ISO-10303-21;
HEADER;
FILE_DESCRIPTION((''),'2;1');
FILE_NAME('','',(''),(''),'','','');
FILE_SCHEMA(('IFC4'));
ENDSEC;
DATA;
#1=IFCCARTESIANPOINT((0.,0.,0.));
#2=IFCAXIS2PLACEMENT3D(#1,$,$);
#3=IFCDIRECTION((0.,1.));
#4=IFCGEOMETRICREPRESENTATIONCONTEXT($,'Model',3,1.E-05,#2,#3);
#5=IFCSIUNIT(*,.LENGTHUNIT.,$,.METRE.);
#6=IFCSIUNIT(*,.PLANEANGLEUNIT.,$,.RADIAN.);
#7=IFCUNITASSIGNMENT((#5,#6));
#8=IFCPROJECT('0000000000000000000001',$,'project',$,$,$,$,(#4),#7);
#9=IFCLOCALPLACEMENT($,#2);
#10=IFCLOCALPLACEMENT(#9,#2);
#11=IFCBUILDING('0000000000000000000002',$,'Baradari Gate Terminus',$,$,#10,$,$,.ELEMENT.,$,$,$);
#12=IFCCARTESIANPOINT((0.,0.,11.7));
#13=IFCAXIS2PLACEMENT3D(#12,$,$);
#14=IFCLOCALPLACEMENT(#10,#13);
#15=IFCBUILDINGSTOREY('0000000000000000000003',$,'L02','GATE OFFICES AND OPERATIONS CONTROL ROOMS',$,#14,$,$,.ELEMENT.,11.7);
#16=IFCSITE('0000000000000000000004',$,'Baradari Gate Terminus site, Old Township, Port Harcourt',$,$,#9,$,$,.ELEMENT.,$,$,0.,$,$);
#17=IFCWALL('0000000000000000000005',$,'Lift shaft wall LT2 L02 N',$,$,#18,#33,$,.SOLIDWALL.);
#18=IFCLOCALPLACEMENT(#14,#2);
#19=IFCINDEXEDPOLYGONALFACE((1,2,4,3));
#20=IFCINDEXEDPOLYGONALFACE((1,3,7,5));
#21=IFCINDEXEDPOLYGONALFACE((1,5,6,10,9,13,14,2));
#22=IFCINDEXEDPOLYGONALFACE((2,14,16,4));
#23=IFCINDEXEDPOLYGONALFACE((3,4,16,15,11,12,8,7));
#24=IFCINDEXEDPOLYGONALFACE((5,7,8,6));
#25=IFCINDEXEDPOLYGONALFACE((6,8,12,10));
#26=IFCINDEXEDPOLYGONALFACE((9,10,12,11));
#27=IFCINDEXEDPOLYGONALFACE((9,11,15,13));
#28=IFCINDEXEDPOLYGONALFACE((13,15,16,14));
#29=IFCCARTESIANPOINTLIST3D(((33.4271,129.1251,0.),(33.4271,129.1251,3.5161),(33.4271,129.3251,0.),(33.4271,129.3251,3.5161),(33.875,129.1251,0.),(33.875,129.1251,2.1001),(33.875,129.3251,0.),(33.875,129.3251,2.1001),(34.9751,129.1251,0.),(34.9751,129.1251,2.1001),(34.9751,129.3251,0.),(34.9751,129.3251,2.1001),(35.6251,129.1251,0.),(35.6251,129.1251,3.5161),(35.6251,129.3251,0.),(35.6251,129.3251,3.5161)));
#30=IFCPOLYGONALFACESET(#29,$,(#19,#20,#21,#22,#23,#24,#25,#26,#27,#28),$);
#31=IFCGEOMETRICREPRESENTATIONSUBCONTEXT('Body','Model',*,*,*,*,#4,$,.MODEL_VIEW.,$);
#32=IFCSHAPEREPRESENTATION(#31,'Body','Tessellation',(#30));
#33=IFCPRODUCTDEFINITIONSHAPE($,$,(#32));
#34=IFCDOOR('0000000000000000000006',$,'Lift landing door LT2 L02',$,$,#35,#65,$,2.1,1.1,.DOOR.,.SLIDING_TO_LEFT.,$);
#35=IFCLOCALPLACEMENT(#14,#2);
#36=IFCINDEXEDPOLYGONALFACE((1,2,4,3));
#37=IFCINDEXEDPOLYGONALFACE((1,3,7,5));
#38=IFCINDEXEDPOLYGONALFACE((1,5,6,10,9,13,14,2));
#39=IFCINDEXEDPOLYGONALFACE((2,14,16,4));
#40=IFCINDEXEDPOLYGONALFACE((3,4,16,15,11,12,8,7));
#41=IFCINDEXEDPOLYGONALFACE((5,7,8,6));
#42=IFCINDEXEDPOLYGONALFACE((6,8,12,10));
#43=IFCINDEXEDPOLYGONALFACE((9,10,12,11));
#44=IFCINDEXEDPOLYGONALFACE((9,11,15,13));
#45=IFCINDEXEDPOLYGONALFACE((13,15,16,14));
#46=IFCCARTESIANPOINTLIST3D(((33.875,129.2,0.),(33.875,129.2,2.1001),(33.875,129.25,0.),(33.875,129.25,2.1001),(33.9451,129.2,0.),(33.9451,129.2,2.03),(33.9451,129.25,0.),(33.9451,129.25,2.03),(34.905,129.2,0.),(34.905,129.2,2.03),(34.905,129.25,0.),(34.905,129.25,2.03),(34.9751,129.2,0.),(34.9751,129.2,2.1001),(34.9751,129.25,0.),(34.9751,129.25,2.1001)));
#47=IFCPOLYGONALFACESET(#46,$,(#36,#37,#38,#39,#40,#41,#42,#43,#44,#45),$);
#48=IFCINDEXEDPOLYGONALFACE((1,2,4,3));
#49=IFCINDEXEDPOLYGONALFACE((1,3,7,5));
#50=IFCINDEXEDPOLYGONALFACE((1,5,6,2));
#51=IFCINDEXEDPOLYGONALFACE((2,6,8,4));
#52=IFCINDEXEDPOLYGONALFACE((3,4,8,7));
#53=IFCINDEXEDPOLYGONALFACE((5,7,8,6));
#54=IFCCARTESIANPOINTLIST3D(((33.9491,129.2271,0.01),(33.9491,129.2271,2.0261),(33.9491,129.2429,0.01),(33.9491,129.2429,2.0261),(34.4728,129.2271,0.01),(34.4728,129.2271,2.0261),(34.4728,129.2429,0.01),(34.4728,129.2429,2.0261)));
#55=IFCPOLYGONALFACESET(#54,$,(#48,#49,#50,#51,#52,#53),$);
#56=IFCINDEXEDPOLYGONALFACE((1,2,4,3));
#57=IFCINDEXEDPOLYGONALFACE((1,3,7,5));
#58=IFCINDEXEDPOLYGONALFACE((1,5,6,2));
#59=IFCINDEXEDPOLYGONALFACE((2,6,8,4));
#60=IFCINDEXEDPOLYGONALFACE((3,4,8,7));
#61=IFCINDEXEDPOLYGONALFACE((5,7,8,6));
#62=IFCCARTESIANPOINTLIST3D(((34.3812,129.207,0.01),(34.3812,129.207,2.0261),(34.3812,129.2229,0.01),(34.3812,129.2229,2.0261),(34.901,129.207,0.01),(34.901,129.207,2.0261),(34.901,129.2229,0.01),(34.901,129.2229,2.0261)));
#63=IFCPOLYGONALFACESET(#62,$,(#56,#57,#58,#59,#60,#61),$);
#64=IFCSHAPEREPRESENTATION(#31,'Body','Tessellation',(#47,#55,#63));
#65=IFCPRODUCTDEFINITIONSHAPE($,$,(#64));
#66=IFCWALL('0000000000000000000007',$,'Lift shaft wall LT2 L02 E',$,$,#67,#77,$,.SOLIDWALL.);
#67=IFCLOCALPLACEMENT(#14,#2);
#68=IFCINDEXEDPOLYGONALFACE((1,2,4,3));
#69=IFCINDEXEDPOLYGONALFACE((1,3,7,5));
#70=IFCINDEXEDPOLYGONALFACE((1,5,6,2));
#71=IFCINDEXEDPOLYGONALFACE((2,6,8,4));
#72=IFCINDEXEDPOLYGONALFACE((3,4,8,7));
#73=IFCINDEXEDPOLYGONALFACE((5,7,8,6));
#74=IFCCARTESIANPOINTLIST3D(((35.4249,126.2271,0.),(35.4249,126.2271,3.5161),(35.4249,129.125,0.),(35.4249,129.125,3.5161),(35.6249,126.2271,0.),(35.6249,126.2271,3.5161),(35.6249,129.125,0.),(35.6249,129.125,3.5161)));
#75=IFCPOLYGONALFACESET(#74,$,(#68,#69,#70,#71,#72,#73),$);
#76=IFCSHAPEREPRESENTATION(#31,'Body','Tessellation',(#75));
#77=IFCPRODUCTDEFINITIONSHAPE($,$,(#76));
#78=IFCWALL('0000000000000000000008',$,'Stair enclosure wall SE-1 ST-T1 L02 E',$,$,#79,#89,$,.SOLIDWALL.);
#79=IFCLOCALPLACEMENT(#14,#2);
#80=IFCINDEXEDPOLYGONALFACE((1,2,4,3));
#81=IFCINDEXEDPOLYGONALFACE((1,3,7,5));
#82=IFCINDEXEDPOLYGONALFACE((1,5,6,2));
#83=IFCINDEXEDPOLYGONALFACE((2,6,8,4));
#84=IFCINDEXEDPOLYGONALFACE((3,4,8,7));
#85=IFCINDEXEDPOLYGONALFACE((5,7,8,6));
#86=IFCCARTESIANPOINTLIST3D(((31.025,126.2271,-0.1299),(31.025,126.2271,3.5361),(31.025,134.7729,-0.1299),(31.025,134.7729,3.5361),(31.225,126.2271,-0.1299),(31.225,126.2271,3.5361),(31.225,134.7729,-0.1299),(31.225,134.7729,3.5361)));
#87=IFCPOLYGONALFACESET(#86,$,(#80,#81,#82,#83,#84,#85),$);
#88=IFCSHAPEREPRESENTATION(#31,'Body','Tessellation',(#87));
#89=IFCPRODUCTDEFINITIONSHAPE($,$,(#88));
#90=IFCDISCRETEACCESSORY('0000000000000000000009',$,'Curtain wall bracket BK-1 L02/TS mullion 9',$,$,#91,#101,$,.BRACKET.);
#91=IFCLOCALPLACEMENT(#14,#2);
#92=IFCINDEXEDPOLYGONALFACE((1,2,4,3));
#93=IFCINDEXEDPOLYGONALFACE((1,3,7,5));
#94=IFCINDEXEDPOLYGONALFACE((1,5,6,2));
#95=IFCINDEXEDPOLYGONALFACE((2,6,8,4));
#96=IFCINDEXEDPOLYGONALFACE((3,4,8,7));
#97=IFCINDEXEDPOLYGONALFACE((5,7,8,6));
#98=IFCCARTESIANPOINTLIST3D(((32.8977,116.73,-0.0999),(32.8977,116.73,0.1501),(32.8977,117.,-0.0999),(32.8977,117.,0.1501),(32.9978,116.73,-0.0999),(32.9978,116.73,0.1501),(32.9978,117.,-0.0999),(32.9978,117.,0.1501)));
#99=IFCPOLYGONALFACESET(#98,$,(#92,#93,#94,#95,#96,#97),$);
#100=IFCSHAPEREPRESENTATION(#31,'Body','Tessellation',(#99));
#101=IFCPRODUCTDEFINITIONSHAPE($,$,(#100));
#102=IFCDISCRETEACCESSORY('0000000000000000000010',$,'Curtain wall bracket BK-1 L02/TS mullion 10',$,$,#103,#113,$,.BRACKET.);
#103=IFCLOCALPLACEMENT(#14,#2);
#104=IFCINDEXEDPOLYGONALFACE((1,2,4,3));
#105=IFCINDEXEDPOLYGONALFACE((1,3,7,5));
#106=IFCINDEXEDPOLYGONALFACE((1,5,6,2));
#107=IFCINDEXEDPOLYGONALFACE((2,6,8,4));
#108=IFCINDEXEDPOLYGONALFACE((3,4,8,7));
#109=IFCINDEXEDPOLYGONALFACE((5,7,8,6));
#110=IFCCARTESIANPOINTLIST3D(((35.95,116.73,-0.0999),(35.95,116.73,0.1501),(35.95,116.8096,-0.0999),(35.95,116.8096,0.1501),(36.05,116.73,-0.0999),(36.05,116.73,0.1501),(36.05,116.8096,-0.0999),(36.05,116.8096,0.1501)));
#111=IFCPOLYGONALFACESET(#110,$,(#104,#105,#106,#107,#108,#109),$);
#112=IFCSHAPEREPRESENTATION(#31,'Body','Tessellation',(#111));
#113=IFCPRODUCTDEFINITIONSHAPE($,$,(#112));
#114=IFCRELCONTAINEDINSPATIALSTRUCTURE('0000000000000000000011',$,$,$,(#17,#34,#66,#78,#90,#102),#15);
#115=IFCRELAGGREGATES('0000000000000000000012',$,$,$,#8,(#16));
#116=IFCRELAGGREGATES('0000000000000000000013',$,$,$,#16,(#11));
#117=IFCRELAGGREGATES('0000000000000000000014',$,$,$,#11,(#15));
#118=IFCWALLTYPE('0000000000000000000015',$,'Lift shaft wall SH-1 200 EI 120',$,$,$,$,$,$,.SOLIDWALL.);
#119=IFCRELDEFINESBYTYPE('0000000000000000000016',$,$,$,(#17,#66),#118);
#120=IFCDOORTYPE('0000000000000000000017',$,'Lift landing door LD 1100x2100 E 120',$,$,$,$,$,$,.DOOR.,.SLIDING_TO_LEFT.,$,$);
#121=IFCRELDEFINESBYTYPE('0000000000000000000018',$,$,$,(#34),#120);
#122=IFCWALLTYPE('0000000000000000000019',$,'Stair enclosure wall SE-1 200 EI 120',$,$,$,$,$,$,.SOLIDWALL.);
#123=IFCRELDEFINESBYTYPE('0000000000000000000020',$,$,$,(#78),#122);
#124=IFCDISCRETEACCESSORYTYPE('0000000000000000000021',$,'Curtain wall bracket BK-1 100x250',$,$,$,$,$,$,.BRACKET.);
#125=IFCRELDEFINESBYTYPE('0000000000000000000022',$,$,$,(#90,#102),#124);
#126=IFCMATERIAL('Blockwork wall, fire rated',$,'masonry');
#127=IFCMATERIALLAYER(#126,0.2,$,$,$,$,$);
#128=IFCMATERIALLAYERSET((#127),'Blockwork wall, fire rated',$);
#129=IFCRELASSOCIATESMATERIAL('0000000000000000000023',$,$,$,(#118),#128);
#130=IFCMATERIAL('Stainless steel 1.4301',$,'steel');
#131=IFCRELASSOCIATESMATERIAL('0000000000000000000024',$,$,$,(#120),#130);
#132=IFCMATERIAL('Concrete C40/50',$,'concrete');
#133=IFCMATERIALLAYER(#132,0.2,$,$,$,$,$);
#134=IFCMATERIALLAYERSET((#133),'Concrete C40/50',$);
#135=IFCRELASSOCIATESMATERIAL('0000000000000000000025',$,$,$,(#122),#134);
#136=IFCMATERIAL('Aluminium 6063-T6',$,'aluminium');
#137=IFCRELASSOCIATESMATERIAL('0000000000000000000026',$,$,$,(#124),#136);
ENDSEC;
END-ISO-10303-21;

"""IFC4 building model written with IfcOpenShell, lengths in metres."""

from ifc_helpers import new_model, si_unit, direction, frame, frame_2d, origin, origin_2d, place, context, subcontext, project, spatial, polyline, rectangle, outline, extrude, material, layer, layer_set, type_object, element, fill, save


model = new_model("IFC4")

# Units and contexts
model_context = context("Model", 3, precision=1e-05, world=origin(), true_north=direction((0.0, 1.0)))
body_context = subcontext(model_context, "Body", "Model", "MODEL_VIEW")
ifc_project = project(units=[si_unit("LENGTHUNIT", "METRE"), si_unit("PLANEANGLEUNIT", "RADIAN")], contexts=[model_context])

# Site, building, storey
site_placement = place(None, origin())
site = spatial("IfcSite", under=ifc_project, at=site_placement, Name="Baradari Gate Terminus site, Old Township, Port Harcourt", CompositionType="ELEMENT", RefElevation=0.0)
building_placement = place(site_placement, origin())
building = spatial("IfcBuilding", under=site, at=building_placement, Name="Baradari Gate Terminus", CompositionType="ELEMENT")
storey_placement = place(building_placement, frame((0.0, 0.0, 11.7)))
storey = spatial("IfcBuildingStorey", under=building, at=storey_placement, Name="L02", Description="GATE OFFICES AND OPERATIONS CONTROL ROOMS", CompositionType="ELEMENT", Elevation=11.7)

# Shared definitions
ifc_material_1 = material(Name="Blockwork wall, fire rated", Category="masonry")
ifc_layer_1 = layer(ifc_material_1, 0.2)
ifc_layer_set_1 = layer_set([ifc_layer_1], Name="Blockwork wall, fire rated")
wall_type_1 = type_object("IfcWallType", Name="Lift shaft wall SH-1 200 EI 120", PredefinedType="SOLIDWALL", material=ifc_layer_set_1)
ifc_material_2 = material(Name="Stainless steel 1.4301", Category="steel")
door_type = type_object("IfcDoorType", Name="Lift landing door LD 1100x2100 E 120", OperationType="SLIDING_TO_LEFT", PredefinedType="DOOR", material=ifc_material_2)

# Wall, opening, door
wall_1_placement = place(storey_placement, frame((33.427, 129.2251, 0.0), z_axis=(0.0, 0.0, 1.0), x_axis=(1.0, 0.0, 0.0)))
wall_1 = element("IfcWall", 1, at=wall_1_placement, inside=storey, type_object=wall_type_1, Name="Lift shaft wall LT2 L02 N", PredefinedType="SOLIDWALL", context=body_context, shape_type="SweptSolid", body=[
    extrude(rectangle(XDim=2.198, YDim=0.2, at=frame_2d((1.0991, 0.0))), origin(), (0.0, 0.0, 1.0), 3.5161),
])
opening_1_placement = place(wall_1_placement, frame((0.448, 0.0, 0.0)))
opening_1 = element("IfcOpeningElement", 2, at=opening_1_placement, cuts=wall_1, PredefinedType="OPENING", context=body_context, shape_type="SweptSolid", body=[
    extrude(rectangle(XDim=1.1001, YDim=2.1001, at=frame_2d((0.55, 1.05))), frame((0.0, 0.1099, 0.0), z_axis=(0.0, -1.0, 0.0), x_axis=(1.0, 0.0, 0.0)), (0.0, 0.0, 1.0), 0.22),
])
door_1_placement = place(opening_1_placement, origin())
door_1 = element("IfcDoor", 3, at=door_1_placement, inside=storey, type_object=door_type, Name="Lift landing door LT2 L02", OperationType="SLIDING_TO_LEFT", OverallHeight=2.1, OverallWidth=1.1, PredefinedType="DOOR", context=body_context, shape_type="SweptSolid", body=[
    extrude(outline(polyline([(0.0, 0.0), (0.0701, 0.0), (0.0701, 2.03), (1.03, 2.03), (1.03, 0.0), (1.1001, 0.0), (1.1001, 2.1001), (0.0, 2.1001), (0.0, 0.0)])), frame((0.0, 0.0249, 0.0), z_axis=(0.0, -1.0, 0.0), x_axis=(1.0, 0.0, 0.0)), (0.0, 0.0, 1.0), 0.05),
    extrude(rectangle(XDim=0.5237, YDim=2.0161, at=frame_2d((0.3359, 1.0181))), frame((0.0, 0.0178, 0.0), z_axis=(0.0, -1.0, 0.0), x_axis=(1.0, 0.0, 0.0)), (0.0, 0.0, 1.0), 0.0159),
    extrude(rectangle(XDim=0.5198, YDim=2.0161, at=frame_2d((0.7661, 1.0181))), frame((0.0, -0.0022, 0.0), z_axis=(0.0, -1.0, 0.0), x_axis=(1.0, 0.0, 0.0)), (0.0, 0.0, 1.0), 0.0159),
])
fill(opening_1, door_1)

# Walls
wall_2_placement = place(storey_placement, frame((35.5249, 126.2271, 0.0), z_axis=(0.0, 0.0, 1.0), x_axis=(0.0, 1.0, 0.0)))
element("IfcWall", 4, at=wall_2_placement, inside=storey, type_object=wall_type_1, Name="Lift shaft wall LT2 L02 E", PredefinedType="SOLIDWALL", context=body_context, shape_type="SweptSolid", body=[
    extrude(rectangle(XDim=2.8979, YDim=0.2, at=frame_2d((1.449, 0.0))), origin(), (0.0, 0.0, 1.0), 3.5161),
])
ifc_material_3 = material(Name="Concrete C40/50", Category="concrete")
ifc_layer_2 = layer(ifc_material_3, 0.2)
ifc_layer_set_2 = layer_set([ifc_layer_2], Name="Concrete C40/50")
wall_type_2 = type_object("IfcWallType", Name="Stair enclosure wall SE-1 200 EI 120", PredefinedType="SOLIDWALL", material=ifc_layer_set_2)
wall_3_placement = place(storey_placement, frame((31.125, 126.2271, -0.1299), z_axis=(0.0, 0.0, 1.0), x_axis=(0.0, 1.0, 0.0)))
element("IfcWall", 5, at=wall_3_placement, inside=storey, type_object=wall_type_2, Name="Stair enclosure wall SE-1 ST-T1 L02 E", PredefinedType="SOLIDWALL", context=body_context, shape_type="SweptSolid", body=[
    extrude(rectangle(XDim=8.5459, YDim=0.2, at=frame_2d((4.2729, 0.0))), origin(), (0.0, 0.0, 1.0), 3.666),
])

# Discrete accessories
ifc_material_4 = material(Name="Aluminium 6063-T6", Category="aluminium")
discrete_accessory_type = type_object("IfcDiscreteAccessoryType", Name="Curtain wall bracket BK-1 100x250", PredefinedType="BRACKET", material=ifc_material_4)
discrete_accessory_1_placement = place(storey_placement, frame((32.9478, 116.865, -0.0999), z_axis=(0.0, 0.0, 1.0), x_axis=(0.0, -1.0, 0.0)))
element("IfcDiscreteAccessory", 6, at=discrete_accessory_1_placement, inside=storey, type_object=discrete_accessory_type, Name="Curtain wall bracket BK-1 L02/TS mullion 9", PredefinedType="BRACKET", context=body_context, shape_type="SweptSolid", body=[
    extrude(rectangle(XDim=0.27, YDim=0.1001, at=origin_2d()), origin(), (0.0, 0.0, 1.0), 0.25),
])
discrete_accessory_2_placement = place(storey_placement, frame((36.0, 116.7698, -0.0999), z_axis=(0.0, 0.0, 1.0), x_axis=(0.0, -1.0, 0.0)))
element("IfcDiscreteAccessory", 7, at=discrete_accessory_2_placement, inside=storey, type_object=discrete_accessory_type, Name="Curtain wall bracket BK-1 L02/TS mullion 10", PredefinedType="BRACKET", context=body_context, shape_type="SweptSolid", body=[
    extrude(rectangle(XDim=0.0796, YDim=0.1001, at=origin_2d()), origin(), (0.0, 0.0, 1.0), 0.25),
])

save(model, "model.ifc")
